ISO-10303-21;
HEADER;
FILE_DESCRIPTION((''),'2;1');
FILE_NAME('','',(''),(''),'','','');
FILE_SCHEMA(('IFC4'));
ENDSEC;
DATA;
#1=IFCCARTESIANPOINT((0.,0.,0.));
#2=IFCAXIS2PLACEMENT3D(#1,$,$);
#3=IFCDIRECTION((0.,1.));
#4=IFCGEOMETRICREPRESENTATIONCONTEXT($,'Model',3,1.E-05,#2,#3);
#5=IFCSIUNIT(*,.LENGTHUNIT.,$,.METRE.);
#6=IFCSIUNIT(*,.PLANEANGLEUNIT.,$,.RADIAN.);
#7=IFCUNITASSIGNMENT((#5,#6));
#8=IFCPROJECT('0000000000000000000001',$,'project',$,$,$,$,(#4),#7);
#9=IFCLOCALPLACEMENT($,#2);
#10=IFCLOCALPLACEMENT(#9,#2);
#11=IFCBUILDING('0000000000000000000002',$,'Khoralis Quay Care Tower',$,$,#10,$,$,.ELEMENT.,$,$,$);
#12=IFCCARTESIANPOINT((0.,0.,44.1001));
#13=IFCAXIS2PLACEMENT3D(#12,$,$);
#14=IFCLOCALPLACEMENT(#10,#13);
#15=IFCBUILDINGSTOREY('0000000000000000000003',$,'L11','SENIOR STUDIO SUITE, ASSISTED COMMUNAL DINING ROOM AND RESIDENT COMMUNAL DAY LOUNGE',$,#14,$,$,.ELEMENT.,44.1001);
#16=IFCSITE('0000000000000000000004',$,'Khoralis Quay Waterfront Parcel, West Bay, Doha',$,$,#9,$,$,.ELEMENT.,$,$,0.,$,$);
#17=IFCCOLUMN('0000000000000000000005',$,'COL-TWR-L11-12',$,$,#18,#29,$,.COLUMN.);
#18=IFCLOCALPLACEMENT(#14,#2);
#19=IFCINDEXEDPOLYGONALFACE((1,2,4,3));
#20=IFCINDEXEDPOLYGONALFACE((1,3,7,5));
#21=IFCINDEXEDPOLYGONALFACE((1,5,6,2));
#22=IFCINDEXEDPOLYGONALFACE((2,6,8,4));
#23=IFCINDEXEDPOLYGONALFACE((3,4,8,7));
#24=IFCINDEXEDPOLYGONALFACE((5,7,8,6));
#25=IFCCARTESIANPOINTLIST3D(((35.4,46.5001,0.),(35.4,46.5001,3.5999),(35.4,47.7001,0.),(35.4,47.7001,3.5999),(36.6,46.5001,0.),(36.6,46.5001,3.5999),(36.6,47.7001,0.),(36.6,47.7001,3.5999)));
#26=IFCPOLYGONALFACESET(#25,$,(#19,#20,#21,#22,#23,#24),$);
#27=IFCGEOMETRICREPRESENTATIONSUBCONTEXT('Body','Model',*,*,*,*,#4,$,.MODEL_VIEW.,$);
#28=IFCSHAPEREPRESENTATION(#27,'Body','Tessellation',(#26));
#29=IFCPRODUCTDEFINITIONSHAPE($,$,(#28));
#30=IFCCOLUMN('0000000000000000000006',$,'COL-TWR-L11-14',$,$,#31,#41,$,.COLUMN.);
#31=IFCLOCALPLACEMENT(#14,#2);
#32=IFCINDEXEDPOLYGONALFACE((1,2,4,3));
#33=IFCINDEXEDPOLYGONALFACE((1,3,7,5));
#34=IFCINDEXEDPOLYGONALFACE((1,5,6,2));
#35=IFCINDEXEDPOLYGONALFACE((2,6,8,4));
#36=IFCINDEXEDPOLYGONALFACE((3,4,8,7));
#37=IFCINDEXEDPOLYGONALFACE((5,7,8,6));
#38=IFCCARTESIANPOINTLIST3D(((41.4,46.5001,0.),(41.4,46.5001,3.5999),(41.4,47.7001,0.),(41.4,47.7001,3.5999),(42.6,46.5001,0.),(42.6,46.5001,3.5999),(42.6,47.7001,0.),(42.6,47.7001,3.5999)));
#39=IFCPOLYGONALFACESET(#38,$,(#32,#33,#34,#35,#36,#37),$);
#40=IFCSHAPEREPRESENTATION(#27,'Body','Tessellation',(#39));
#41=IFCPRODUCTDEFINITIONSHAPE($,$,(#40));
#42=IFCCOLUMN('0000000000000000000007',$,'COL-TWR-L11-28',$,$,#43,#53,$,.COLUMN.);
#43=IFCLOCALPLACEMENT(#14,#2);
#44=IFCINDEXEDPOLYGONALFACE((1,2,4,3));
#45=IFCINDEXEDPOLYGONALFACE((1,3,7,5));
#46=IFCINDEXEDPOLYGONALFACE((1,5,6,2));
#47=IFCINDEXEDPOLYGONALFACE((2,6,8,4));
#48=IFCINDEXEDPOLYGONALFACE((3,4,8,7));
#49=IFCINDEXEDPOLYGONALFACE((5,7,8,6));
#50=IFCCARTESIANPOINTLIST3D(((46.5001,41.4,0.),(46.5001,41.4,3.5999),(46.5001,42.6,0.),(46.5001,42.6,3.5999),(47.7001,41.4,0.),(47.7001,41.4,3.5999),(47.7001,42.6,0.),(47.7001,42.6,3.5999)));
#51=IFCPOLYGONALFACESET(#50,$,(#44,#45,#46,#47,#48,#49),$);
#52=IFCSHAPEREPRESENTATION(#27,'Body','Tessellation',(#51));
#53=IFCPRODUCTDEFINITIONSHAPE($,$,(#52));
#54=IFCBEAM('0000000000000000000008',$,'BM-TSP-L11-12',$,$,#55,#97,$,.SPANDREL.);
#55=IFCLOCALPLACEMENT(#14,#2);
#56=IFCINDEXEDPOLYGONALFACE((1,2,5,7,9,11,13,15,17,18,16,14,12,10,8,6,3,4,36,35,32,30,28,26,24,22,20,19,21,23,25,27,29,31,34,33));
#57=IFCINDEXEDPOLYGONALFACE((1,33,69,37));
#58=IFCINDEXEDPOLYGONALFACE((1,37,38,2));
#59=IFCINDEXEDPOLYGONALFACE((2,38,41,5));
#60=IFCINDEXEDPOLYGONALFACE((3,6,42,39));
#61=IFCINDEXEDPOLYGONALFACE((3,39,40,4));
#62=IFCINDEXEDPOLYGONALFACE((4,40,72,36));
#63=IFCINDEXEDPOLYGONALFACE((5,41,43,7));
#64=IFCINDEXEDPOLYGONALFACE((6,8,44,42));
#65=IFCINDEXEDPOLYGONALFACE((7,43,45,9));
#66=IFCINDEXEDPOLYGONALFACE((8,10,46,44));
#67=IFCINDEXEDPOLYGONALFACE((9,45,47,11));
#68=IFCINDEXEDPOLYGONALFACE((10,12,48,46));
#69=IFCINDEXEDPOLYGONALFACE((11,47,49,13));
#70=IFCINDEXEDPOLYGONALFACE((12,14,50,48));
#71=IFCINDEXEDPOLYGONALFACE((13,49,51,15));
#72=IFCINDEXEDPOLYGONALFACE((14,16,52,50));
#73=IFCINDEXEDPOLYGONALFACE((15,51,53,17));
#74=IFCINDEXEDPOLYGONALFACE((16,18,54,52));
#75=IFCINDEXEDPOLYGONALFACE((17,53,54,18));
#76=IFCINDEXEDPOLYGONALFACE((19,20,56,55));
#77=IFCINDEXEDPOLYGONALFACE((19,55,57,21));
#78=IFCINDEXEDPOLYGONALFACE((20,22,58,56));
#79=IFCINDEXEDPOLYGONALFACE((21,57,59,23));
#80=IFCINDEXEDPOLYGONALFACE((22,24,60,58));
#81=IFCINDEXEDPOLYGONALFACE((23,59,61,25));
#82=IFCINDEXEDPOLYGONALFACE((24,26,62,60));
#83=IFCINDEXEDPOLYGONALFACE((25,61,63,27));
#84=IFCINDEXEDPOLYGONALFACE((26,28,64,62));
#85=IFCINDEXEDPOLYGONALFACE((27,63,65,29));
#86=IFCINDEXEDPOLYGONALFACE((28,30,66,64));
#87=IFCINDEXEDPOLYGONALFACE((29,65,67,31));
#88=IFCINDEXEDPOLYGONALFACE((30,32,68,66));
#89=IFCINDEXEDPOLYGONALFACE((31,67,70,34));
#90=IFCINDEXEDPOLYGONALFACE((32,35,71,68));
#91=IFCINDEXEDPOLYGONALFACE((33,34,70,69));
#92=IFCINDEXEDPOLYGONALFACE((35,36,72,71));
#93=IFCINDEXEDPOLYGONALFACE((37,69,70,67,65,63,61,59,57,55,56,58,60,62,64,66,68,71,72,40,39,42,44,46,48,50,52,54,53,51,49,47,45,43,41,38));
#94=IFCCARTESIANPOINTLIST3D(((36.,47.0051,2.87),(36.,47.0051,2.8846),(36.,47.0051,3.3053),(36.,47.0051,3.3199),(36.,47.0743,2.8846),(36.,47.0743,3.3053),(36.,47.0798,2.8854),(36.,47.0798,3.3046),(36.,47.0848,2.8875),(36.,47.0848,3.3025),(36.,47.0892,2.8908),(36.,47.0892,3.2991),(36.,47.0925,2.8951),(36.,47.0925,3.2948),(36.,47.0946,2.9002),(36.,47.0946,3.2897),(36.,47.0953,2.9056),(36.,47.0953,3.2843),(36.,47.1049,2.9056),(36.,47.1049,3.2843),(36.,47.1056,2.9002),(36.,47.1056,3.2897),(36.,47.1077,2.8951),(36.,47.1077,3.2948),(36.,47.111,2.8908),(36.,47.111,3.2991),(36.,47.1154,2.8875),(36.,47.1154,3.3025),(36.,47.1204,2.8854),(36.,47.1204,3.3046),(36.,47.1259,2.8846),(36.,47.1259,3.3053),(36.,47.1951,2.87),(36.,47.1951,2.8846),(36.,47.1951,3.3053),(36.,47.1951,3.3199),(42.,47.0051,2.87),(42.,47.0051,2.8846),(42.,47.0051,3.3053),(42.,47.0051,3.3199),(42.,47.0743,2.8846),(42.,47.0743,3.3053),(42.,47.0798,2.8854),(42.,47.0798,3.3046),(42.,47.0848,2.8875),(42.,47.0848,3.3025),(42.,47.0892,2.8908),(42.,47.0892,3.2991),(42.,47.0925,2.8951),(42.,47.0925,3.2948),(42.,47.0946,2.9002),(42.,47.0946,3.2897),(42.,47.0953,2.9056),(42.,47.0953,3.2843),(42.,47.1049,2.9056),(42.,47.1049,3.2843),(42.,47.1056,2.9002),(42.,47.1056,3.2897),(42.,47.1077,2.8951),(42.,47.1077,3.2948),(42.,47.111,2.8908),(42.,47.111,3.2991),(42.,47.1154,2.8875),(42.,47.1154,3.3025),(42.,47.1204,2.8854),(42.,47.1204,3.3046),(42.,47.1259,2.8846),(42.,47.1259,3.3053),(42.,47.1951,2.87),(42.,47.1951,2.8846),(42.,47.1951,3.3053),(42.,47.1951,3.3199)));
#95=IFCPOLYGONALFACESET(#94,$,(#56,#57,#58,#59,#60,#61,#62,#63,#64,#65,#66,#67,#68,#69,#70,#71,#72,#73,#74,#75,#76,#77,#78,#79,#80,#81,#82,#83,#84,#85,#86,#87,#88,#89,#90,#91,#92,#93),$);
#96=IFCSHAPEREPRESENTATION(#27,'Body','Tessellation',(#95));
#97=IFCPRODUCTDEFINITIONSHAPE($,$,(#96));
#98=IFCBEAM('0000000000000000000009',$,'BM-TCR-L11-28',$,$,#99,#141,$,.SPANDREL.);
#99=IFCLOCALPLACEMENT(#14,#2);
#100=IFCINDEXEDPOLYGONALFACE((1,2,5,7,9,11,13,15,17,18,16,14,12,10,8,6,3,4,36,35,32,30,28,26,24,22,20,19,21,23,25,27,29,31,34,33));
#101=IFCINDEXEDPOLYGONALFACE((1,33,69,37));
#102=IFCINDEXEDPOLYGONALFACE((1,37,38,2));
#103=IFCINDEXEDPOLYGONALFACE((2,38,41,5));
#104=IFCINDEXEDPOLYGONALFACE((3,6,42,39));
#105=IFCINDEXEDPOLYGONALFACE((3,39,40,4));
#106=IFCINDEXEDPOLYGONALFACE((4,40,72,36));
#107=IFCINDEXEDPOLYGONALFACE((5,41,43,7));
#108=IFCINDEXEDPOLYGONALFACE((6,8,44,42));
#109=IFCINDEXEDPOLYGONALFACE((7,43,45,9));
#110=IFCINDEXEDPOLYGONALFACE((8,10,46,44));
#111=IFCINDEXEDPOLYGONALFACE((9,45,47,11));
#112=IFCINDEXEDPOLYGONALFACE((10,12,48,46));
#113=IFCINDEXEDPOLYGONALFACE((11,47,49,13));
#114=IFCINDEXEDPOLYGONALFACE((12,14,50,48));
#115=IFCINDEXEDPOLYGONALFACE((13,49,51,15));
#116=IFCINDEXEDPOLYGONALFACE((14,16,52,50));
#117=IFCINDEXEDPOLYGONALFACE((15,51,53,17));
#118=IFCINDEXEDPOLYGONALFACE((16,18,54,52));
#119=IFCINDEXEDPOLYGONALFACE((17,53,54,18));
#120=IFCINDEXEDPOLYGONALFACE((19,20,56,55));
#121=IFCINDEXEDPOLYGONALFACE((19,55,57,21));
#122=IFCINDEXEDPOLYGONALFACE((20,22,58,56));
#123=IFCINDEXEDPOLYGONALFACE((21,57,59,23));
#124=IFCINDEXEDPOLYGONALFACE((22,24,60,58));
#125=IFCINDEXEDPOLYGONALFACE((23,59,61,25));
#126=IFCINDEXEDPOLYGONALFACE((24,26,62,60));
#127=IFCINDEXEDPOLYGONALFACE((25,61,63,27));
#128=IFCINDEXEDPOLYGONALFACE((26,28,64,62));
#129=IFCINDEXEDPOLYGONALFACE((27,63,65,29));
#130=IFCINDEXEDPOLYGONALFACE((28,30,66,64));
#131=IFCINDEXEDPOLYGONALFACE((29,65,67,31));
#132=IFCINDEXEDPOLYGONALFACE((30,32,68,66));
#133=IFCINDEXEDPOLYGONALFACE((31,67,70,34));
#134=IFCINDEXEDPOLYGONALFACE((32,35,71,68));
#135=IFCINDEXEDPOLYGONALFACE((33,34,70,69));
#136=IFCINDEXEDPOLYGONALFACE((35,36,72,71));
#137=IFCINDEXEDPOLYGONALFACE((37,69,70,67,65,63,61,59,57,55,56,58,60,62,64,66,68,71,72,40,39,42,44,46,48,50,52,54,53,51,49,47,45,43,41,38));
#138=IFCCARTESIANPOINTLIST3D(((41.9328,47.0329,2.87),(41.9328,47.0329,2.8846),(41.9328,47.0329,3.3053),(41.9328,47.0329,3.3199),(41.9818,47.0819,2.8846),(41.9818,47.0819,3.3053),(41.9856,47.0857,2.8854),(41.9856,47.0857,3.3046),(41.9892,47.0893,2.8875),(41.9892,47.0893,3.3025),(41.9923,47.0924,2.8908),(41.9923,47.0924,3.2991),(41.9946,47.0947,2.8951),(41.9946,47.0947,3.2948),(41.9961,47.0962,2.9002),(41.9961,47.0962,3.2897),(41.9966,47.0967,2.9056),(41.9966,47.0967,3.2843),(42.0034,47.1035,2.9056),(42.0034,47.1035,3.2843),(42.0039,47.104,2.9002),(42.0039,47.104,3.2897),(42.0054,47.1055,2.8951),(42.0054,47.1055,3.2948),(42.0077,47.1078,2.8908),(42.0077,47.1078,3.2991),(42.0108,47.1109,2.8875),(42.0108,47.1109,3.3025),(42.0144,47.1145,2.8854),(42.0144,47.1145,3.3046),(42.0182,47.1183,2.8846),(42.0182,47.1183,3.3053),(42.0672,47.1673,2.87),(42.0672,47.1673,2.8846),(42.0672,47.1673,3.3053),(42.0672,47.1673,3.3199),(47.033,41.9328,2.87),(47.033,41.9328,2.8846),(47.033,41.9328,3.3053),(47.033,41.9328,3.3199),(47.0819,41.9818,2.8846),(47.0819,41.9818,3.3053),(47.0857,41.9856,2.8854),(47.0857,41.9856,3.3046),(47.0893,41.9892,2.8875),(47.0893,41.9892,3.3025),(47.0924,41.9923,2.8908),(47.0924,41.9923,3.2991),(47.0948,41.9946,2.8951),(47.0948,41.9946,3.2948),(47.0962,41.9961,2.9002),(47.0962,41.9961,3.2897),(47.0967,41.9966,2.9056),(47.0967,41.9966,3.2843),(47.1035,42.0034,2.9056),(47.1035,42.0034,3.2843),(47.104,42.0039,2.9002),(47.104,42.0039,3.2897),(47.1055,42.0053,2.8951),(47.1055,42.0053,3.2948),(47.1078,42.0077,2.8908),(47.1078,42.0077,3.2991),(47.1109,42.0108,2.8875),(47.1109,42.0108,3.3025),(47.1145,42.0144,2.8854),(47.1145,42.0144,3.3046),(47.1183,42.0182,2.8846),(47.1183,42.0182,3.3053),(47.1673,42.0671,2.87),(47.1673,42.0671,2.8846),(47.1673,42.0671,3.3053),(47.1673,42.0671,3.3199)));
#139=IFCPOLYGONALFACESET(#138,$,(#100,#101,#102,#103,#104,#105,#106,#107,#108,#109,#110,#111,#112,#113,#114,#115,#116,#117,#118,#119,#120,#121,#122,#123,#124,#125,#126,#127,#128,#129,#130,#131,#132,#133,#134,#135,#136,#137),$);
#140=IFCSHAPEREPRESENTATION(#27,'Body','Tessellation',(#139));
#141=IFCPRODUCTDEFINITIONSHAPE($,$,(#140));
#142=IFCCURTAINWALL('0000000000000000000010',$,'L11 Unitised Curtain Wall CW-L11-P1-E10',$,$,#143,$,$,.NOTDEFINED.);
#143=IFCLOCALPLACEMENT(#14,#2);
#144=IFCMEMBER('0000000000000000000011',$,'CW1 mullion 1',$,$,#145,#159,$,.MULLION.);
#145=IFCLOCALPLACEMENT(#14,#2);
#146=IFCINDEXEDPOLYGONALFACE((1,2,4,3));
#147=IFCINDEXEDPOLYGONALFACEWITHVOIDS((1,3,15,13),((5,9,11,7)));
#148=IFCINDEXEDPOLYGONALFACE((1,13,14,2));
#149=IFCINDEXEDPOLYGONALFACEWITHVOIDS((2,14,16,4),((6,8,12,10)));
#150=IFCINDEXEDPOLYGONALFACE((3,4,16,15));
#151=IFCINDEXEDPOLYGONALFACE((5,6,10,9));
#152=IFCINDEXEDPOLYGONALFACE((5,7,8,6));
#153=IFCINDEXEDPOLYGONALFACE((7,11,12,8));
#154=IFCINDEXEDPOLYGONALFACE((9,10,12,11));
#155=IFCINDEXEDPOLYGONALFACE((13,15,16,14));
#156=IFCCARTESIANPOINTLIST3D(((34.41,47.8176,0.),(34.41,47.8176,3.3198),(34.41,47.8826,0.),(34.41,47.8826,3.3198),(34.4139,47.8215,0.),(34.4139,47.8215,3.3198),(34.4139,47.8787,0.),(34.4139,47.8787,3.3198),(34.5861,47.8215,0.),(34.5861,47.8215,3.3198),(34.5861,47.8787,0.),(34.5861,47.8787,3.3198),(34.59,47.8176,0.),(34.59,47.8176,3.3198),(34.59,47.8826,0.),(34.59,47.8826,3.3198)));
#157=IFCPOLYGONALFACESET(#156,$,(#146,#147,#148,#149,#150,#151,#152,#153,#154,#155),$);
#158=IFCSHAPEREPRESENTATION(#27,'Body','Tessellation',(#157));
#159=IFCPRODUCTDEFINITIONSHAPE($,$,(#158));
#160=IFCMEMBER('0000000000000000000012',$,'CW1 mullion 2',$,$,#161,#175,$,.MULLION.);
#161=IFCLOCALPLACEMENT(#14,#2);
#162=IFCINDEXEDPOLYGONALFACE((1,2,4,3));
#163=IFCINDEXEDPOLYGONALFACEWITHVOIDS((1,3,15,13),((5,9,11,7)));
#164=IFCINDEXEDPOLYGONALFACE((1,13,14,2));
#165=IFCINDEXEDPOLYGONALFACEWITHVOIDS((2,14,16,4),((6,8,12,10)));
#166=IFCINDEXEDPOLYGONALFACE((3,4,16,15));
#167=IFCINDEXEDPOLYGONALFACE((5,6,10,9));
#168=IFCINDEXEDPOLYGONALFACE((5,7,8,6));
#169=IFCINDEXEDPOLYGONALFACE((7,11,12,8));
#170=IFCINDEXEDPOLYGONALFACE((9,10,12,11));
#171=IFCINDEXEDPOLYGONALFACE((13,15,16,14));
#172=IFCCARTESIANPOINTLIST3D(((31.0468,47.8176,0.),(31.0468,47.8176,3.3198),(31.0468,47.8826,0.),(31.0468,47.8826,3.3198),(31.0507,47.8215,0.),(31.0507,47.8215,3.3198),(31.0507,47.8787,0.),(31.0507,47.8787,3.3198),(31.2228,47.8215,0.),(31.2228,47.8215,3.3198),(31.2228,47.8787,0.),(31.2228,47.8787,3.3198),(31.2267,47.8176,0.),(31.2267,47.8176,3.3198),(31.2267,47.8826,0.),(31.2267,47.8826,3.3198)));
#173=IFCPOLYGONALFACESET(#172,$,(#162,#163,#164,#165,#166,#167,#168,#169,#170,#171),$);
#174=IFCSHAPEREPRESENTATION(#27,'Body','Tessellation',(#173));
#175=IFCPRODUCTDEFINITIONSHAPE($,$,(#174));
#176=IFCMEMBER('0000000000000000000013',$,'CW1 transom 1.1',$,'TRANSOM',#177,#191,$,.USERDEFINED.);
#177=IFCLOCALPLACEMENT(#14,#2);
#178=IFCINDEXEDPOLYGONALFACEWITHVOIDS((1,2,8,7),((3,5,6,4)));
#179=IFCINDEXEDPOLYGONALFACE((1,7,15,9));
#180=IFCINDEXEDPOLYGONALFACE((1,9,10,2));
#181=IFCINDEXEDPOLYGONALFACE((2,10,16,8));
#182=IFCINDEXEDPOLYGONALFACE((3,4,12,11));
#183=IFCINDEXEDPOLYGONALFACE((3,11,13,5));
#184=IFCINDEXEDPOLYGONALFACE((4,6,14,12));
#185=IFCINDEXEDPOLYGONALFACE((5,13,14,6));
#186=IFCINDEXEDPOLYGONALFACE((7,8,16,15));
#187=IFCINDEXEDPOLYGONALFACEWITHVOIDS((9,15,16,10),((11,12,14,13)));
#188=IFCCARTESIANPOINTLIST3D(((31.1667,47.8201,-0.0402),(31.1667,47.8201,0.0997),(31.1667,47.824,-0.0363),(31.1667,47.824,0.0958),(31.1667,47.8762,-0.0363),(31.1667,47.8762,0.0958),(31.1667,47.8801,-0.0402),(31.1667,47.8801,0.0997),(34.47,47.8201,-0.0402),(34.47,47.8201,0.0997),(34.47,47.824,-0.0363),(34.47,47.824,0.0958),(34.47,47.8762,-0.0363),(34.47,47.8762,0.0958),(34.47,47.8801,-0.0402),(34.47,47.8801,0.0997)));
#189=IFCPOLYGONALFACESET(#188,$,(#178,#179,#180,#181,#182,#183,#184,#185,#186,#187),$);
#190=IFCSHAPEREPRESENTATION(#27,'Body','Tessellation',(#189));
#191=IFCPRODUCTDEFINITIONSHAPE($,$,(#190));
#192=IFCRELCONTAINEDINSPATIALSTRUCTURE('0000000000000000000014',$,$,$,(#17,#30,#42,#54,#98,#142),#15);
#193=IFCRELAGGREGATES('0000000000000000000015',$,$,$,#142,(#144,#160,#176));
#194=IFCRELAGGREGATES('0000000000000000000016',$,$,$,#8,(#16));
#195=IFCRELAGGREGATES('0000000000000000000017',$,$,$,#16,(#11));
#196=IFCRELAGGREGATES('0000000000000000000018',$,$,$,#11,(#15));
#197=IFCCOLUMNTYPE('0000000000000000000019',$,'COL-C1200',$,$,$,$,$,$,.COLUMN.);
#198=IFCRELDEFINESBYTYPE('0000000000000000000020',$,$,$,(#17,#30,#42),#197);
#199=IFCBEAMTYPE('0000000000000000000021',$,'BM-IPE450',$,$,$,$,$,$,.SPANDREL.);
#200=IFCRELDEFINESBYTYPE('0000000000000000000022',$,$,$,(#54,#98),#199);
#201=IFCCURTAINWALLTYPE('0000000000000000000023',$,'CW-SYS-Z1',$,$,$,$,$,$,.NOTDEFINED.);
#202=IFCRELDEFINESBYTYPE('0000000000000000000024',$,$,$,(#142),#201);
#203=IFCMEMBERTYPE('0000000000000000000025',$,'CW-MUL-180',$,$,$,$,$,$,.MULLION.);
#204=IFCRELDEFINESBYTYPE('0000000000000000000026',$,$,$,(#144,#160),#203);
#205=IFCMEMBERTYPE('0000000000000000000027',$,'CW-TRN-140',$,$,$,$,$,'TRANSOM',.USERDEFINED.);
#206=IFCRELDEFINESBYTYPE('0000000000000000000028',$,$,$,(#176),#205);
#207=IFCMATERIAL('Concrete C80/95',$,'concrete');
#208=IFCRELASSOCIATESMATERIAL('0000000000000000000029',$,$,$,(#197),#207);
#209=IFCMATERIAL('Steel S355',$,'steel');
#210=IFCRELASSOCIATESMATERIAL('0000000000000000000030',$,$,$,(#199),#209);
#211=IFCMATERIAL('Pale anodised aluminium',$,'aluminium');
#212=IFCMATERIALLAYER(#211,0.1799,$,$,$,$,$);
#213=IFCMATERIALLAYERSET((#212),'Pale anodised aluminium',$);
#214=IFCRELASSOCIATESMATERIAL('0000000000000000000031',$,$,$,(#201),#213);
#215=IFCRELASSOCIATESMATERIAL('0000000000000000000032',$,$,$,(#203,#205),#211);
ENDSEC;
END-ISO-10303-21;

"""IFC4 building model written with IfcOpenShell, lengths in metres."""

from ifc_helpers import new_model, si_unit, direction, frame, origin, origin_2d, place, context, subcontext, project, spatial, rectangle, hollow_rectangle, i_section, extrude, source, transform, mapped, material, layer, layer_set, material_profile, profile_set, type_object, element, aggregate, save


model = new_model("IFC4")

# Units and contexts
model_context = context("Model", 3, precision=1e-05, world=origin(), true_north=direction((0.0, 1.0)))
body_context = subcontext(model_context, "Body", "Model", "MODEL_VIEW")
ifc_project = project(units=[si_unit("LENGTHUNIT", "METRE"), si_unit("PLANEANGLEUNIT", "RADIAN")], contexts=[model_context])

# Site, building, storey
site_placement = place(None, origin())
site = spatial("IfcSite", under=ifc_project, at=site_placement, Name="Khoralis Quay Waterfront Parcel, West Bay, Doha", CompositionType="ELEMENT", RefElevation=0.0)
building_placement = place(site_placement, origin())
building = spatial("IfcBuilding", under=site, at=building_placement, Name="Khoralis Quay Care Tower", CompositionType="ELEMENT")
storey_placement = place(building_placement, frame((0.0, 0.0, 44.1001)))
storey = spatial("IfcBuildingStorey", under=building, at=storey_placement, Name="L11", Description="SENIOR STUDIO SUITE, ASSISTED COMMUNAL DINING ROOM AND RESIDENT COMMUNAL DAY LOUNGE", CompositionType="ELEMENT", Elevation=44.1001)

# Columns
ifc_material_1 = material(Name="Concrete C80/95", Category="concrete")
ifc_material_profile_1 = material_profile(ifc_material_1, rectangle(XDim=1.2, YDim=1.2, at=origin_2d()), Name="Concrete C80/95")
ifc_profile_set_1 = profile_set([ifc_material_profile_1], Name="Concrete C80/95")
column_type = type_object("IfcColumnType", Name="COL-C1200", PredefinedType="COLUMN", material=ifc_profile_set_1)
shared_shape_1 = source(origin(), body_context, "Body", "SweptSolid", [
    extrude(rectangle(XDim=1.2, YDim=1.2, at=origin_2d()), origin(), (0.0, 0.0, 1.0), 3.5999),
])
for number, where, z_axis, x_axis, name in (
    (1, (36.0, 47.1001, 0.0), (0.0, 0.0, 1.0), (1.0, 0.0, 0.0), "COL-TWR-L11-12"),
    (2, (42.0, 47.1001, 0.0), (0.0, 0.0, 1.0), (1.0, 0.0, 0.0), "COL-TWR-L11-14"),
    (3, (47.1001, 42.0, 0.0), (0.0, 0.0, 1.0), (1.0, 0.0, 0.0), "COL-TWR-L11-28"),
):
    element("IfcColumn", number, at=place(storey_placement, frame(where, z_axis=z_axis, x_axis=x_axis)), inside=storey, type_object=column_type, Name=name, PredefinedType="COLUMN", context=body_context, shape_type="MappedRepresentation", body=[
        mapped(shared_shape_1, transform((0.0, 0.0, 0.0), scale=1.0)),
    ])

# Beams
ifc_material_2 = material(Name="Steel S355", Category="steel")
ifc_material_profile_2 = material_profile(ifc_material_2, i_section(OverallWidth=0.1899, OverallDepth=0.45, WebThickness=0.0095, FlangeThickness=0.0146, FilletRadius=0.021, at=origin_2d()), Name="Steel S355")
ifc_profile_set_2 = profile_set([ifc_material_profile_2], Name="Steel S355")
beam_type = type_object("IfcBeamType", Name="BM-IPE450", PredefinedType="SPANDREL", material=ifc_profile_set_2)
shared_shape_2 = source(origin(), body_context, "Body", "SweptSolid", [
    extrude(i_section(OverallWidth=0.1899, OverallDepth=0.45, WebThickness=0.0095, FlangeThickness=0.0146, FilletRadius=0.021, at=origin_2d()), origin(), (0.0, 0.0, 1.0), 6.0),
])
beam_1_placement = place(storey_placement, frame((36.0, 47.1001, 3.095), z_axis=(1.0, 0.0, 0.0), x_axis=(0.0, 1.0, 0.0)))
element("IfcBeam", 4, at=beam_1_placement, inside=storey, type_object=beam_type, Name="BM-TSP-L11-12", PredefinedType="SPANDREL", context=body_context, shape_type="MappedRepresentation", body=[
    mapped(shared_shape_2, transform((0.0, 0.0, 0.0), scale=1.0)),
])
shared_shape_3 = source(origin(), body_context, "Body", "SweptSolid", [
    extrude(i_section(OverallWidth=0.1899, OverallDepth=0.45, WebThickness=0.0095, FlangeThickness=0.0146, FilletRadius=0.021, at=origin_2d()), origin(), (0.0, 0.0, 1.0), 7.2126),
])
beam_2_placement = place(storey_placement, frame((42.0, 47.1001, 3.095), z_axis=(0.707107, -0.707107, 0.0), x_axis=(0.707107, 0.707107, 0.0)))
element("IfcBeam", 5, at=beam_2_placement, inside=storey, type_object=beam_type, Name="BM-TCR-L11-28", PredefinedType="SPANDREL", context=body_context, shape_type="MappedRepresentation", body=[
    mapped(shared_shape_3, transform((0.0, 0.0, 0.0), scale=1.0)),
])

# Curtain wall, members
ifc_material_3 = material(Name="Pale anodised aluminium", Category="aluminium")
ifc_layer_1 = layer(ifc_material_3, 0.1799)
ifc_layer_set_1 = layer_set([ifc_layer_1], Name="Pale anodised aluminium")
curtain_wall_type = type_object("IfcCurtainWallType", Name="CW-SYS-Z1", PredefinedType="NOTDEFINED", material=ifc_layer_set_1)
curtain_wall_placement = place(storey_placement, origin())
curtain_wall = element("IfcCurtainWall", 6, at=curtain_wall_placement, inside=storey, type_object=curtain_wall_type, Name="L11 Unitised Curtain Wall CW-L11-P1-E10", PredefinedType="NOTDEFINED")
ifc_material_profile_3 = material_profile(ifc_material_3, hollow_rectangle(XDim=0.0649, YDim=0.1799, WallThickness=0.0039, at=origin_2d()), Name="Pale anodised aluminium")
ifc_profile_set_3 = profile_set([ifc_material_profile_3], Name="Pale anodised aluminium")
member_type_1 = type_object("IfcMemberType", Name="CW-MUL-180", PredefinedType="MULLION", material=ifc_profile_set_3)
shared_shape_4 = source(origin(), body_context, "Body", "SweptSolid", [
    extrude(hollow_rectangle(XDim=0.0649, YDim=0.1799, WallThickness=0.0039, at=origin_2d()), origin(), (0.0, 0.0, 1.0), 3.3198),
])
member_1_placement = place(storey_placement, frame((34.5, 47.8501, 0.0), z_axis=(0.0, 0.0, 1.0), x_axis=(0.0, -1.0, 0.0)))
member_1 = element("IfcMember", 7, at=member_1_placement, type_object=member_type_1, Name="CW1 mullion 1", PredefinedType="MULLION", context=body_context, shape_type="MappedRepresentation", body=[
    mapped(shared_shape_4, transform((0.0, 0.0, 0.0), scale=1.0)),
])
member_2_placement = place(storey_placement, frame((31.1367, 47.8501, 0.0), z_axis=(0.0, 0.0, 1.0), x_axis=(0.0, -1.0, 0.0)))
member_2 = element("IfcMember", 8, at=member_2_placement, type_object=member_type_1, Name="CW1 mullion 2", PredefinedType="MULLION", context=body_context, shape_type="MappedRepresentation", body=[
    mapped(shared_shape_4, transform((0.0, 0.0, 0.0), scale=1.0)),
])
ifc_material_profile_4 = material_profile(ifc_material_3, hollow_rectangle(XDim=0.0601, YDim=0.1399, WallThickness=0.0039, at=origin_2d()), Name="Pale anodised aluminium")
ifc_profile_set_4 = profile_set([ifc_material_profile_4], Name="Pale anodised aluminium")
member_type_2 = type_object("IfcMemberType", Name="CW-TRN-140", ElementType="TRANSOM", PredefinedType="USERDEFINED", material=ifc_profile_set_4)
shared_shape_5 = source(origin(), body_context, "Body", "SweptSolid", [
    extrude(hollow_rectangle(XDim=0.0601, YDim=0.1399, WallThickness=0.0039, at=origin_2d()), origin(), (0.0, 0.0, 1.0), 3.3032),
])
member_3_placement = place(storey_placement, frame((34.47, 47.8501, 0.0298), z_axis=(-1.0, 0.0, 0.0), x_axis=(0.0, -1.0, 0.0)))
member_3 = element("IfcMember", 9, at=member_3_placement, type_object=member_type_2, Name="CW1 transom 1.1", ObjectType="TRANSOM", PredefinedType="USERDEFINED", context=body_context, shape_type="MappedRepresentation", body=[
    mapped(shared_shape_5, transform((0.0, 0.0, 0.0), scale=1.0)),
])
aggregate(curtain_wall, [member_1, member_2, member_3])

save(model, "model.ifc")
